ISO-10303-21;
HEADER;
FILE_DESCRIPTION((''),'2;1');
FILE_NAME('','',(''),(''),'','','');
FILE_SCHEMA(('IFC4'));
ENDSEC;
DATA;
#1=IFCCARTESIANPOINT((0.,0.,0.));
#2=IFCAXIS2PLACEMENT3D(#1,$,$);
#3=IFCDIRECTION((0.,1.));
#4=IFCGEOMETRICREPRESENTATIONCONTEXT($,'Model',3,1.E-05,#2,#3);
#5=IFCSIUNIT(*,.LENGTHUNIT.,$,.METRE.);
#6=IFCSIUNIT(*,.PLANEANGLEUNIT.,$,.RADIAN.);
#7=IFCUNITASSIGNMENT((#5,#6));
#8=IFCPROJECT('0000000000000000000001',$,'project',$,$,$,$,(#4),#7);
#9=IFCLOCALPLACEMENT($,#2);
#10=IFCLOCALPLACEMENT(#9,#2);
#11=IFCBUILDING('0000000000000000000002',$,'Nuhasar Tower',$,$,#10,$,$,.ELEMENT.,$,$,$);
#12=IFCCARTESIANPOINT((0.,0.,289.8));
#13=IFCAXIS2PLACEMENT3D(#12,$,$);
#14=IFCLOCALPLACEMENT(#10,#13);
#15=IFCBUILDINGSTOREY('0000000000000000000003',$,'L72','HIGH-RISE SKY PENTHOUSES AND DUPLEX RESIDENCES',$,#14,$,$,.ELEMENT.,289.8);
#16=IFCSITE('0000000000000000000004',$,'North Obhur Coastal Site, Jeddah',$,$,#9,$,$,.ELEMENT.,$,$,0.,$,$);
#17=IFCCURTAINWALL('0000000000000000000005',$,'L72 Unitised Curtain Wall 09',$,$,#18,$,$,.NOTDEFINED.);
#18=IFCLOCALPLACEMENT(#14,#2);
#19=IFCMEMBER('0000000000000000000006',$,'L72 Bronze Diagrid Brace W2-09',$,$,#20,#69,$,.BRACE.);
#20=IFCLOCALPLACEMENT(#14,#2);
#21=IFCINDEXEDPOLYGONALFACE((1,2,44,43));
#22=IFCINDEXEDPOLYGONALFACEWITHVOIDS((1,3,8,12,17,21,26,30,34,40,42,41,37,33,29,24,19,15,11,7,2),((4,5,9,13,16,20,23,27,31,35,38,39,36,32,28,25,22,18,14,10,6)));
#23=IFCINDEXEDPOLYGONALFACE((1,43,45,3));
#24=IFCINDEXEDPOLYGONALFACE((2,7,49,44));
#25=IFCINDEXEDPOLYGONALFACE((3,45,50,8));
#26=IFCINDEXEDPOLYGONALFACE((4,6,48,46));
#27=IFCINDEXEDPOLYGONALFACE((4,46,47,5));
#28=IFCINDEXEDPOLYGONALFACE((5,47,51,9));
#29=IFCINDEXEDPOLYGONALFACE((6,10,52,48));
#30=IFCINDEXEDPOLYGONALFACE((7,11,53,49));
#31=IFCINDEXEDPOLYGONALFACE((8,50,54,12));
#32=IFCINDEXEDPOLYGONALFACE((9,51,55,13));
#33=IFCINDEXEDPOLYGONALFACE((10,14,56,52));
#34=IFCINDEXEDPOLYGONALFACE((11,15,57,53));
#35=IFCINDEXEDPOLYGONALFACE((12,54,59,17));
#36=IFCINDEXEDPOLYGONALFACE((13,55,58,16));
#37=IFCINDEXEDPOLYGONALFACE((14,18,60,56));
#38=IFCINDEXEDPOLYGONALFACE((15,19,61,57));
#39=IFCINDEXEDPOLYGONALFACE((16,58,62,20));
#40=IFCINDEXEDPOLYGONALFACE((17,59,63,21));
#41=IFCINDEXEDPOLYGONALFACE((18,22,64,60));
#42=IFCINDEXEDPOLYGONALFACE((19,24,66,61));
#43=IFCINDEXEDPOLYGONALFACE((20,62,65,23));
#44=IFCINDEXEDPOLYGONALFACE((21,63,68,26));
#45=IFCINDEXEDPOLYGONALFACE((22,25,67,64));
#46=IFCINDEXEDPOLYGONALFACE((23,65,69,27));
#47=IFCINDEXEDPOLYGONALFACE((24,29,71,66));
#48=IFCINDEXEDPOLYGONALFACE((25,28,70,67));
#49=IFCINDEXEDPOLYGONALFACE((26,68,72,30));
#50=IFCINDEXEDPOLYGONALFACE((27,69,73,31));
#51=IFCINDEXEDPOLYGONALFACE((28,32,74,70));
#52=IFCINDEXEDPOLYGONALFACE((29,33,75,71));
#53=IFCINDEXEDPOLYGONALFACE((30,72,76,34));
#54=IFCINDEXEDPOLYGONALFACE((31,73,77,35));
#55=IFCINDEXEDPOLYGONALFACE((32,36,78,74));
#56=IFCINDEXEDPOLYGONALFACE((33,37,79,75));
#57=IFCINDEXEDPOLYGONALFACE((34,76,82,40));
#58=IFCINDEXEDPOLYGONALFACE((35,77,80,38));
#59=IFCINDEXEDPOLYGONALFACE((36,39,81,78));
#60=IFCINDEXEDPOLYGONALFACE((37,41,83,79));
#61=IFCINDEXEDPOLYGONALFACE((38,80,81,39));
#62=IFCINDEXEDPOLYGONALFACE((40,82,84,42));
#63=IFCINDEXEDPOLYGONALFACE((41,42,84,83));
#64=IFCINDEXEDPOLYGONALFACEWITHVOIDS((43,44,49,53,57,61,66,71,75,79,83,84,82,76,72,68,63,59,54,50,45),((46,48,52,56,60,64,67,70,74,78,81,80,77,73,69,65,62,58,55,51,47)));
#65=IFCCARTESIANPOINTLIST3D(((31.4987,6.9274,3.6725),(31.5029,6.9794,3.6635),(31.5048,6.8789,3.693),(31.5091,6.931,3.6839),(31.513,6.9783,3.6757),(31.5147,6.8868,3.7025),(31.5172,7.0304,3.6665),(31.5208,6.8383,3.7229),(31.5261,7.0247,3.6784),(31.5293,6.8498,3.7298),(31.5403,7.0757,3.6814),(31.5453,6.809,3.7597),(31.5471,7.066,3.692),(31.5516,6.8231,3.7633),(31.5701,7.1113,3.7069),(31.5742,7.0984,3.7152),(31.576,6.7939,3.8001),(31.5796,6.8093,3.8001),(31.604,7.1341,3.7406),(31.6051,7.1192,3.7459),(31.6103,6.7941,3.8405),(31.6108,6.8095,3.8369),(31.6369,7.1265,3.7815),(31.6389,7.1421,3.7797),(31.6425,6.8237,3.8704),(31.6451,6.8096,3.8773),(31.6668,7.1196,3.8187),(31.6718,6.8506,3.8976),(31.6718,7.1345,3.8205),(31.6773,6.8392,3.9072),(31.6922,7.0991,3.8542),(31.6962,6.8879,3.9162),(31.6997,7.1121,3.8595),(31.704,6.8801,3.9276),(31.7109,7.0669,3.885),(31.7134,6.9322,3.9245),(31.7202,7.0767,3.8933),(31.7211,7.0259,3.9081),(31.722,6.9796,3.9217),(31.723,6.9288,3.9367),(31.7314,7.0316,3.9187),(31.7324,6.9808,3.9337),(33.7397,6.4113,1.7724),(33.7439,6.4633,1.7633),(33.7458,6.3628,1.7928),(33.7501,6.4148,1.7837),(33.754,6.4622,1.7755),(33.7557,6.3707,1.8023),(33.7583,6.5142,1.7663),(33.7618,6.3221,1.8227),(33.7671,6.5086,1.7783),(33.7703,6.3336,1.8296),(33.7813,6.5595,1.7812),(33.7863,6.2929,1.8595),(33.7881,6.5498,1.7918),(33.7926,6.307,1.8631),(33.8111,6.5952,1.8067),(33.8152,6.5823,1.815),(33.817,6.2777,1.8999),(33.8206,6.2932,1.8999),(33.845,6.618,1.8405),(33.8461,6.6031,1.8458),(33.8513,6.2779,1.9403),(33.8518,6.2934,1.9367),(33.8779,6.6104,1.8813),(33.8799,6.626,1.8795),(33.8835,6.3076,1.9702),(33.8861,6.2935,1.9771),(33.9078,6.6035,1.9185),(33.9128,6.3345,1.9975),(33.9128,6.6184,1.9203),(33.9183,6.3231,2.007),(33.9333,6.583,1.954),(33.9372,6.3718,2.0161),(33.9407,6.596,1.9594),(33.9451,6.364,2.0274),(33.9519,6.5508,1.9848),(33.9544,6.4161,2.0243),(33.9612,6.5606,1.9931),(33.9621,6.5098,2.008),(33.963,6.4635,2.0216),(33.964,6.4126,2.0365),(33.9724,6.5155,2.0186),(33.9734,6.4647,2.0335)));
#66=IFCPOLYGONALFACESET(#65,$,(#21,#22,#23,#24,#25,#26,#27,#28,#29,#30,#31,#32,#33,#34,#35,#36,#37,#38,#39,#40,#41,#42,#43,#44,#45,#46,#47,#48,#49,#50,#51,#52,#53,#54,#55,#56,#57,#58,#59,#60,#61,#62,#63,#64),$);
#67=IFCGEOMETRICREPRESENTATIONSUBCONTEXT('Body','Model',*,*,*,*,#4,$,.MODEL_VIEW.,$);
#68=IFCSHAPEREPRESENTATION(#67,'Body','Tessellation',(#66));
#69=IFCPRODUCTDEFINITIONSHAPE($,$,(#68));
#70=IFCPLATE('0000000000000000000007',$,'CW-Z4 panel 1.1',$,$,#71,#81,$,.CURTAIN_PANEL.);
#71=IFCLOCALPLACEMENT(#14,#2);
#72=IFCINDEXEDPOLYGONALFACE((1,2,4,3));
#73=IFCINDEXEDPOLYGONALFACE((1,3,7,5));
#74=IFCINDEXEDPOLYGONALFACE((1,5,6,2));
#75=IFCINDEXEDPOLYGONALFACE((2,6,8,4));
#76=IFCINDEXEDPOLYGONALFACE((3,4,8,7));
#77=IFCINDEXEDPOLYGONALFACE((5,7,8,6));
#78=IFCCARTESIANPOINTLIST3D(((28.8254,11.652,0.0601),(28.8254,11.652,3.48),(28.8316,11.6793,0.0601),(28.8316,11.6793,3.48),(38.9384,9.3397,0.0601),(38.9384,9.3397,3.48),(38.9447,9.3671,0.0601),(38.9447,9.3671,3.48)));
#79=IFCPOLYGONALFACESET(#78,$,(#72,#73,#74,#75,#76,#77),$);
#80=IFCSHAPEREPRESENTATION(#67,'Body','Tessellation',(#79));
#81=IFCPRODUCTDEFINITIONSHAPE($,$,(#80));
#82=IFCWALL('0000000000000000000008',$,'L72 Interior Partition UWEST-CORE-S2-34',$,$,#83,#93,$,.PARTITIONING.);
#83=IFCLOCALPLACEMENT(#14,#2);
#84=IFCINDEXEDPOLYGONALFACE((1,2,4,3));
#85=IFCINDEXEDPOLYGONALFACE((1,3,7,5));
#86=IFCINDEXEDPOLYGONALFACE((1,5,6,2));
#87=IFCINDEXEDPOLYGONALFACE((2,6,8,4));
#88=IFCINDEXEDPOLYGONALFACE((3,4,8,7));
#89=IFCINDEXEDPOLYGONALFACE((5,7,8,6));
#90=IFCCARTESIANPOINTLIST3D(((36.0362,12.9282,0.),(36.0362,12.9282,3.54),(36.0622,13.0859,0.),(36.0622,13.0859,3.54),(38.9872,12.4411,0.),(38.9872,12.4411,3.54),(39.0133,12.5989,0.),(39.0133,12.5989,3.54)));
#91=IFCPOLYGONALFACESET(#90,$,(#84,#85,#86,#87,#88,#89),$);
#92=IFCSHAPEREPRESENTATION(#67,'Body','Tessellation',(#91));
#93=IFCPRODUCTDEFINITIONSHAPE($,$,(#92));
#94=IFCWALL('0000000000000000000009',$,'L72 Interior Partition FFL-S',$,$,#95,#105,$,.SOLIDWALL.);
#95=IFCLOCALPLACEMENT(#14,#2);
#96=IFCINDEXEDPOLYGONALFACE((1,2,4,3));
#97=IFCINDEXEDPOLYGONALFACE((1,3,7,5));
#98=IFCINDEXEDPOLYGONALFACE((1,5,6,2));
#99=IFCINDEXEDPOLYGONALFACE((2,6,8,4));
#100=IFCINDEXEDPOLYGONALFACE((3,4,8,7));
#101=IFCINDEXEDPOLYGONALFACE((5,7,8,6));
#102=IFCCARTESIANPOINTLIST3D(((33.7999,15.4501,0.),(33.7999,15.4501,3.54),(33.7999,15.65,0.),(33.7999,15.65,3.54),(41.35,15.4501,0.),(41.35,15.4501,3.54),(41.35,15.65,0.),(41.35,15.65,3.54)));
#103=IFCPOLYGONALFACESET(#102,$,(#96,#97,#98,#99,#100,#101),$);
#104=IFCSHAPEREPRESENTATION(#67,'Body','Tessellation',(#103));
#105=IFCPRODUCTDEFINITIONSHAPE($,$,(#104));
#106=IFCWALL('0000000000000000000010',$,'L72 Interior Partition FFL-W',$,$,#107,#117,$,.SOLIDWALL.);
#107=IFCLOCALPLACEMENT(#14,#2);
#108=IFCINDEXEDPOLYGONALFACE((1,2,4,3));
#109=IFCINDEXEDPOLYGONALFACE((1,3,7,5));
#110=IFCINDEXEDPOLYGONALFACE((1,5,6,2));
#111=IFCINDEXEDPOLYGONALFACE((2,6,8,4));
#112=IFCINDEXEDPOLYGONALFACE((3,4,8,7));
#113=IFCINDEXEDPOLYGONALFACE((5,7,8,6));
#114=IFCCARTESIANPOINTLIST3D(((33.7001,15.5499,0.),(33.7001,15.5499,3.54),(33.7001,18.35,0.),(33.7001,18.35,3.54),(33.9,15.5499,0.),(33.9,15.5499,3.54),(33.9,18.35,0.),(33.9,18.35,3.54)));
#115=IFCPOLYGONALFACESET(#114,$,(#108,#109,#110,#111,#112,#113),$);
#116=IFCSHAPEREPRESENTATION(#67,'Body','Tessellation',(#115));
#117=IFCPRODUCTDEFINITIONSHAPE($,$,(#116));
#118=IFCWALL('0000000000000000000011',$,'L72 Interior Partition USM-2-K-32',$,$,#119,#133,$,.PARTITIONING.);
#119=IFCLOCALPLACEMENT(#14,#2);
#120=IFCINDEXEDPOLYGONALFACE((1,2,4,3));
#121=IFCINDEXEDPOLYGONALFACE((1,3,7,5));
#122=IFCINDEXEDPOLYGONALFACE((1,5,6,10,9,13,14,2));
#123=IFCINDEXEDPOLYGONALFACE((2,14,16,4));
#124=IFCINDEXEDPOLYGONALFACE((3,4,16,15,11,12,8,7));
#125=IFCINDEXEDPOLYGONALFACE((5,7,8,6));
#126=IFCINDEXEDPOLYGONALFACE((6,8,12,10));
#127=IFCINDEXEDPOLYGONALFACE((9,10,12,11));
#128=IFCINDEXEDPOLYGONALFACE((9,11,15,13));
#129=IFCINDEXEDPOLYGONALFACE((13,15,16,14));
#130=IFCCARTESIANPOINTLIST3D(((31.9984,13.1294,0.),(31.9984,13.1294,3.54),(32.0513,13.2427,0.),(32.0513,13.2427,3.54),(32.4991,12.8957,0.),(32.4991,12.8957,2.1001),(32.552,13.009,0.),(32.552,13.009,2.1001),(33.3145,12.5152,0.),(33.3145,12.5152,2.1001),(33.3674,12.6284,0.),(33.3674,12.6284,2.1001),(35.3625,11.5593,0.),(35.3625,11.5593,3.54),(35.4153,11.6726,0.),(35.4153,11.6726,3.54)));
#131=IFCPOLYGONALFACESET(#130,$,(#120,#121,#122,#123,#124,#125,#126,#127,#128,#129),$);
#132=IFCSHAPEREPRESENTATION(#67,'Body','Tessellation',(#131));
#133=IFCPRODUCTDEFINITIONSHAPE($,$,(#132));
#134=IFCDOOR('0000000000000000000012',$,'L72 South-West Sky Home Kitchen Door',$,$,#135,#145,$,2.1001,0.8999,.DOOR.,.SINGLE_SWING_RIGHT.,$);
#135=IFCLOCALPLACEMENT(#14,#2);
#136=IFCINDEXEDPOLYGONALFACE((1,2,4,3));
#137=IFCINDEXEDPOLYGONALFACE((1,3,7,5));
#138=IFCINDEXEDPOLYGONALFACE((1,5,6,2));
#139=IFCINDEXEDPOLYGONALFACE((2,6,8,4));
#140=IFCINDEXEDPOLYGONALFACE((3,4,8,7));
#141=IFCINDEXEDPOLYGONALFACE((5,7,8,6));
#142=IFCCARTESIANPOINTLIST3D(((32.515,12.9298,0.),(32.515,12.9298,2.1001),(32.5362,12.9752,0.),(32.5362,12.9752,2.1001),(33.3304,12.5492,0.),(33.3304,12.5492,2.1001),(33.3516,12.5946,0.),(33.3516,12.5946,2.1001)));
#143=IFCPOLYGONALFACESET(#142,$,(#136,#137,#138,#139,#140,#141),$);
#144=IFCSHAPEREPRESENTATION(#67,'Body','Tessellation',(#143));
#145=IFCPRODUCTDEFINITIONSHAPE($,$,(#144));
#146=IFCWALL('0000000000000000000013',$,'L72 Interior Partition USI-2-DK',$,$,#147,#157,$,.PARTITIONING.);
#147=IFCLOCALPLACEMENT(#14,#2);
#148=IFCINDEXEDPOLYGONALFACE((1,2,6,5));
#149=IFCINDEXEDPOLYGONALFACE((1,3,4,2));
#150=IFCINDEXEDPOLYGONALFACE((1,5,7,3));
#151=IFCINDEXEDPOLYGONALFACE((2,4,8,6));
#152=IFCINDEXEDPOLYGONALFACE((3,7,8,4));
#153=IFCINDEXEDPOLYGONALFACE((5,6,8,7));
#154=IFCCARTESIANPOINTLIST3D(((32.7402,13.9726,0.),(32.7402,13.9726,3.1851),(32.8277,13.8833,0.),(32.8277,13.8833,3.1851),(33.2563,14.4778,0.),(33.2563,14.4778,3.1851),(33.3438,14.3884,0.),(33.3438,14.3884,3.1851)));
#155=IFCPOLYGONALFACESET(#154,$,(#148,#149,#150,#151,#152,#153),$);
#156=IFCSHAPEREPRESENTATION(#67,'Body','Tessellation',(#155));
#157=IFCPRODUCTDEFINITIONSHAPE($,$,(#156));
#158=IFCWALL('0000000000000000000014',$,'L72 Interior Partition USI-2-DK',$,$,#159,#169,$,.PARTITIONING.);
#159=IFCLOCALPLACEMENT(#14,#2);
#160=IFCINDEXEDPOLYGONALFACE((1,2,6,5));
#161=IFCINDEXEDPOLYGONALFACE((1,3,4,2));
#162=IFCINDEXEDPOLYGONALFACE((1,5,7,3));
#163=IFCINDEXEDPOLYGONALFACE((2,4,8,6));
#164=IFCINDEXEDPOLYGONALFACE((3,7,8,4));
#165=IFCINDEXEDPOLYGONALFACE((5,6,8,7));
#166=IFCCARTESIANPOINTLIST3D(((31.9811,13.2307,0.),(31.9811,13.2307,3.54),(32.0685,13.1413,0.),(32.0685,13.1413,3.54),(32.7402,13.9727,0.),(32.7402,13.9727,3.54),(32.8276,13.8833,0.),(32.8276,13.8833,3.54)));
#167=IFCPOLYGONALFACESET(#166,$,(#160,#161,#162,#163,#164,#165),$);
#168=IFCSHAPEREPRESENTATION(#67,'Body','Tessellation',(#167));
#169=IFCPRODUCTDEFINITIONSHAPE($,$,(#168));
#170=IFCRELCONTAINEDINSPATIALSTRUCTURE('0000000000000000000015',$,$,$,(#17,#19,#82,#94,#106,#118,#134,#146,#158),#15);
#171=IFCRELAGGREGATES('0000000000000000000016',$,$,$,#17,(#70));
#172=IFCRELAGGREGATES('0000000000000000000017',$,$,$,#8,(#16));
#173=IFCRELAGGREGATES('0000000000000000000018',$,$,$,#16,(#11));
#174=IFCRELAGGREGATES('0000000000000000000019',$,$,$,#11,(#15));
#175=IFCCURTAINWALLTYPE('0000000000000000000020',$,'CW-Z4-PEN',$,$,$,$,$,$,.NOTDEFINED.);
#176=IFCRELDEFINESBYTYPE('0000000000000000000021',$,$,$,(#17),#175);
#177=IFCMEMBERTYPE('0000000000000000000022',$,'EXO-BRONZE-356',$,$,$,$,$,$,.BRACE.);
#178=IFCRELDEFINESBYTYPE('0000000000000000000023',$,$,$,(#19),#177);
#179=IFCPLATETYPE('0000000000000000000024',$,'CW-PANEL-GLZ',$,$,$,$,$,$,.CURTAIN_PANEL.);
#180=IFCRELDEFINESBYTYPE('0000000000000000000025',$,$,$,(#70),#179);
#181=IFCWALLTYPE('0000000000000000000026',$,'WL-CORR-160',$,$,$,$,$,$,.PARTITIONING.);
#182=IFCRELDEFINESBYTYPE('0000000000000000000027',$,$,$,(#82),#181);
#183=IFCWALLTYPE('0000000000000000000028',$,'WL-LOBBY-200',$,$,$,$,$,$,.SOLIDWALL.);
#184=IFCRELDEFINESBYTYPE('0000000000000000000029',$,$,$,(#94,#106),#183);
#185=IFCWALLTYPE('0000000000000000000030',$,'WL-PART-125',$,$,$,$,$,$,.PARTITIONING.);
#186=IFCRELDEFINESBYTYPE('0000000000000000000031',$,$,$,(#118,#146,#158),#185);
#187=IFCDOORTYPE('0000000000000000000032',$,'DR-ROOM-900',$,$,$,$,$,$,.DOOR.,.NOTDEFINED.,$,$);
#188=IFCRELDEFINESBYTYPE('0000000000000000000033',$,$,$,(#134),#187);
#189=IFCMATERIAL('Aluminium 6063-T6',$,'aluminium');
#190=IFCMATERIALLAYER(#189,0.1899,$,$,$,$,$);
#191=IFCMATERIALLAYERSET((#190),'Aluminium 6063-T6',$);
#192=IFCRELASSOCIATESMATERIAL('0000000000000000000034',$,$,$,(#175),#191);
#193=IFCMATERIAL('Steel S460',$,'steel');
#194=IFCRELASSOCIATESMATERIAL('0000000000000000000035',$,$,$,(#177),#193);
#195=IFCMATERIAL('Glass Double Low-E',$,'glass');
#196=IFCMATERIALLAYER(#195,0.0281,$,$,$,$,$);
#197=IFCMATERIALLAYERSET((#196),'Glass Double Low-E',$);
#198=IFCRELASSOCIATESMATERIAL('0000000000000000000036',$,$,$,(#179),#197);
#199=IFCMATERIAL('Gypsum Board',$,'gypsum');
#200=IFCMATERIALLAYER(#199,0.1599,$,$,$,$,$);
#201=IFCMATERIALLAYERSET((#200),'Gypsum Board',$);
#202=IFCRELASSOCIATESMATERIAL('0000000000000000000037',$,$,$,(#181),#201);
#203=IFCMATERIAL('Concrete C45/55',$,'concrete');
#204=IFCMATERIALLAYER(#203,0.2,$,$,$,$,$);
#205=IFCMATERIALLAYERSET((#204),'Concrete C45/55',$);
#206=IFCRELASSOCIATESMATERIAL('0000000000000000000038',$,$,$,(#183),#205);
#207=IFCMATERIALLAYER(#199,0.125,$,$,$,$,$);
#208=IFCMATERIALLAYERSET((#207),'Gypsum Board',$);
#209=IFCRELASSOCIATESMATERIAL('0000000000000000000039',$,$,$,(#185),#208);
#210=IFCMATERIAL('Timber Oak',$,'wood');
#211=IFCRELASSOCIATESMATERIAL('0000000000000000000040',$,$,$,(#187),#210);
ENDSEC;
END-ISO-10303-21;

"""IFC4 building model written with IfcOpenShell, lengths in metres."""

from ifc_helpers import new_model, si_unit, direction, frame, frame_2d, origin, origin_2d, place, context, subcontext, project, spatial, rectangle, hollow_circle, extrude, material, layer, layer_set, material_profile, profile_set, type_object, element, fill, aggregate, save


model = new_model("IFC4")

# Units and contexts
model_context = context("Model", 3, precision=1e-05, world=origin(), true_north=direction((0.0, 1.0)))
body_context = subcontext(model_context, "Body", "Model", "MODEL_VIEW")
ifc_project = project(units=[si_unit("LENGTHUNIT", "METRE"), si_unit("PLANEANGLEUNIT", "RADIAN")], contexts=[model_context])

# Site, building, storey
site_placement = place(None, origin())
site = spatial("IfcSite", under=ifc_project, at=site_placement, Name="North Obhur Coastal Site, Jeddah", CompositionType="ELEMENT", RefElevation=0.0)
building_placement = place(site_placement, origin())
building = spatial("IfcBuilding", under=site, at=building_placement, Name="Nuhasar Tower", CompositionType="ELEMENT")
storey_placement = place(building_placement, frame((0.0, 0.0, 289.8)))
storey = spatial("IfcBuildingStorey", under=building, at=storey_placement, Name="L72", Description="HIGH-RISE SKY PENTHOUSES AND DUPLEX RESIDENCES", CompositionType="ELEMENT", Elevation=289.8)

# Curtain wall
ifc_material_1 = material(Name="Aluminium 6063-T6", Category="aluminium")
ifc_layer_1 = layer(ifc_material_1, 0.1899)
ifc_layer_set_1 = layer_set([ifc_layer_1], Name="Aluminium 6063-T6")
curtain_wall_type = type_object("IfcCurtainWallType", Name="CW-Z4-PEN", PredefinedType="NOTDEFINED", material=ifc_layer_set_1)
curtain_wall_placement = place(storey_placement, origin())
curtain_wall = element("IfcCurtainWall", 1, at=curtain_wall_placement, inside=storey, type_object=curtain_wall_type, Name="L72 Unitised Curtain Wall 09", PredefinedType="NOTDEFINED")

# Member
ifc_material_2 = material(Name="Steel S460", Category="steel")
ifc_material_profile_1 = material_profile(ifc_material_2, hollow_circle(Radius=0.1777, WallThickness=0.0159, at=origin_2d()), Name="HSS355.6X15.9")
ifc_profile_set_1 = profile_set([ifc_material_profile_1], Name="Steel S460")
member_type_1 = type_object("IfcMemberType", Name="EXO-BRONZE-356", PredefinedType="BRACE", material=ifc_profile_set_1)
member_1_placement = place(storey_placement, frame((33.8569, 6.4509, 1.8999), z_axis=(-0.751222, 0.173013, 0.636971), x_axis=(-0.224433, -0.97449, 0.0)))
element("IfcMember", 2, at=member_1_placement, inside=storey, type_object=member_type_1, Name="L72 Bronze Diagrid Brace W2-09", PredefinedType="BRACE", context=body_context, shape_type="SweptSolid", body=[
    extrude(hollow_circle(Radius=0.1777, WallThickness=0.0159, at=origin_2d()), origin(), (0.0, 0.0, 1.0), 2.9832),
])

# Plate
ifc_material_3 = material(Name="Glass Double Low-E", Category="glass")
ifc_layer_2 = layer(ifc_material_3, 0.0281)
ifc_layer_set_2 = layer_set([ifc_layer_2], Name="Glass Double Low-E")
plate_type = type_object("IfcPlateType", Name="CW-PANEL-GLZ", PredefinedType="CURTAIN_PANEL", material=ifc_layer_set_2)
plate_placement = place(storey_placement, frame((33.885, 10.5095, 0.0601), z_axis=(0.0, 0.0, 1.0), x_axis=(0.974844, -0.222889, 0.0)))
plate = element("IfcPlate", 3, at=plate_placement, type_object=plate_type, Name="CW-Z4 panel 1.1", PredefinedType="CURTAIN_PANEL", context=body_context, shape_type="SweptSolid", body=[
    extrude(rectangle(XDim=10.374, YDim=0.0281, at=origin_2d()), origin(), (0.0, 0.0, 1.0), 3.4199),
])
aggregate(curtain_wall, [plate])

# Walls
ifc_material_4 = material(Name="Gypsum Board", Category="gypsum")
ifc_layer_3 = layer(ifc_material_4, 0.1599)
ifc_layer_set_3 = layer_set([ifc_layer_3], Name="Gypsum Board")
wall_type_1 = type_object("IfcWallType", Name="WL-CORR-160", PredefinedType="PARTITIONING", material=ifc_layer_set_3)
wall_1_placement = place(storey_placement, frame((36.0491, 13.0071, 0.0), z_axis=(0.0, 0.0, 1.0), x_axis=(0.986651, -0.16285, 0.0)))
element("IfcWall", 4, at=wall_1_placement, inside=storey, type_object=wall_type_1, Name="L72 Interior Partition UWEST-CORE-S2-34", PredefinedType="PARTITIONING", context=body_context, shape_type="SweptSolid", body=[
    extrude(rectangle(XDim=2.991, YDim=0.1599, at=frame_2d((1.4956, 0.0))), origin(), (0.0, 0.0, 1.0), 3.54),
])
ifc_material_5 = material(Name="Concrete C45/55", Category="concrete")
ifc_layer_4 = layer(ifc_material_5, 0.2)
ifc_layer_set_4 = layer_set([ifc_layer_4], Name="Concrete C45/55")
wall_type_2 = type_object("IfcWallType", Name="WL-LOBBY-200", PredefinedType="SOLIDWALL", material=ifc_layer_set_4)
wall_2_placement = place(storey_placement, frame((33.8, 15.55, 0.0), z_axis=(0.0, 0.0, 1.0), x_axis=(1.0, 0.0, 0.0)))
element("IfcWall", 5, at=wall_2_placement, inside=storey, type_object=wall_type_2, Name="L72 Interior Partition FFL-S", PredefinedType="SOLIDWALL", context=body_context, shape_type="SweptSolid", body=[
    extrude(rectangle(XDim=7.55, YDim=0.2, at=frame_2d((3.7749, 0.0))), origin(), (0.0, 0.0, 1.0), 3.54),
])
wall_3_placement = place(storey_placement, frame((33.8, 15.55, 0.0), z_axis=(0.0, 0.0, 1.0), x_axis=(0.0, 1.0, 0.0)))
element("IfcWall", 6, at=wall_3_placement, inside=storey, type_object=wall_type_2, Name="L72 Interior Partition FFL-W", PredefinedType="SOLIDWALL", context=body_context, shape_type="SweptSolid", body=[
    extrude(rectangle(XDim=2.8, YDim=0.2, at=frame_2d((1.3999, 0.0))), origin(), (0.0, 0.0, 1.0), 3.54),
])

# Wall, opening, door
ifc_layer_5 = layer(ifc_material_4, 0.125)
ifc_layer_set_5 = layer_set([ifc_layer_5], Name="Gypsum Board")
wall_type_3 = type_object("IfcWallType", Name="WL-PART-125", PredefinedType="PARTITIONING", material=ifc_layer_set_5)
wall_4_placement = place(storey_placement, frame((35.3889, 11.616, 0.0), z_axis=(0.0, 0.0, 1.0), x_axis=(-0.906163, 0.422929, 0.0)))
wall_4 = element("IfcWall", 7, at=wall_4_placement, inside=storey, type_object=wall_type_3, Name="L72 Interior Partition USM-2-K-32", PredefinedType="PARTITIONING", context=body_context, shape_type="SweptSolid", body=[
    extrude(rectangle(XDim=3.7124, YDim=0.125, at=frame_2d((1.8562, 0.0))), origin(), (0.0, 0.0, 1.0), 3.54),
])
opening_1_placement = place(wall_4_placement, frame((2.26, 0.0, 0.0)))
opening_1 = element("IfcOpeningElement", 8, at=opening_1_placement, cuts=wall_4, PredefinedType="OPENING", context=body_context, shape_type="SweptSolid", body=[
    extrude(rectangle(XDim=0.8999, YDim=2.1001, at=frame_2d((0.45, 1.05))), frame((0.0, 0.0725, 0.0), z_axis=(0.0, -1.0, 0.0), x_axis=(1.0, 0.0, 0.0)), (0.0, 0.0, 1.0), 0.145),
])
ifc_material_6 = material(Name="Timber Oak", Category="wood")
door_type = type_object("IfcDoorType", Name="DR-ROOM-900", OperationType="NOTDEFINED", PredefinedType="DOOR", material=ifc_material_6)
door_1_placement = place(opening_1_placement, origin())
door_1 = element("IfcDoor", 9, at=door_1_placement, inside=storey, type_object=door_type, Name="L72 South-West Sky Home Kitchen Door", OperationType="SINGLE_SWING_RIGHT", OverallHeight=2.1001, OverallWidth=0.8999, PredefinedType="DOOR", context=body_context, shape_type="SweptSolid", body=[
    extrude(rectangle(XDim=0.8999, YDim=2.1001, at=frame_2d((0.45, 1.05))), frame((0.0, 0.0249, 0.0), z_axis=(0.0, -1.0, 0.0), x_axis=(1.0, 0.0, 0.0)), (0.0, 0.0, 1.0), 0.05),
])
fill(opening_1, door_1)

# Walls
wall_5_placement = place(storey_placement, frame((33.3, 14.4331, 0.0), z_axis=(0.0, 0.0, 1.0), x_axis=(-0.714672, -0.699459, 0.0)))
element("IfcWall", 10, at=wall_5_placement, inside=storey, type_object=wall_type_3, Name="L72 Interior Partition USI-2-DK", PredefinedType="PARTITIONING", context=body_context, shape_type="SweptSolid", body=[
    extrude(rectangle(XDim=0.7222, YDim=0.125, at=frame_2d((0.3611, 0.0))), origin(), (0.0, 0.0, 1.0), 3.1851),
])
wall_6_placement = place(storey_placement, frame((32.7839, 13.928, 0.0), z_axis=(0.0, 0.0, 1.0), x_axis=(-0.715111, -0.69901, 0.0)))
element("IfcWall", 11, at=wall_6_placement, inside=storey, type_object=wall_type_3, Name="L72 Interior Partition USI-2-DK", PredefinedType="PARTITIONING", context=body_context, shape_type="SweptSolid", body=[
    extrude(rectangle(XDim=1.0615, YDim=0.125, at=frame_2d((0.5308, 0.0))), origin(), (0.0, 0.0, 1.0), 3.54),
])

save(model, "model.ifc")
